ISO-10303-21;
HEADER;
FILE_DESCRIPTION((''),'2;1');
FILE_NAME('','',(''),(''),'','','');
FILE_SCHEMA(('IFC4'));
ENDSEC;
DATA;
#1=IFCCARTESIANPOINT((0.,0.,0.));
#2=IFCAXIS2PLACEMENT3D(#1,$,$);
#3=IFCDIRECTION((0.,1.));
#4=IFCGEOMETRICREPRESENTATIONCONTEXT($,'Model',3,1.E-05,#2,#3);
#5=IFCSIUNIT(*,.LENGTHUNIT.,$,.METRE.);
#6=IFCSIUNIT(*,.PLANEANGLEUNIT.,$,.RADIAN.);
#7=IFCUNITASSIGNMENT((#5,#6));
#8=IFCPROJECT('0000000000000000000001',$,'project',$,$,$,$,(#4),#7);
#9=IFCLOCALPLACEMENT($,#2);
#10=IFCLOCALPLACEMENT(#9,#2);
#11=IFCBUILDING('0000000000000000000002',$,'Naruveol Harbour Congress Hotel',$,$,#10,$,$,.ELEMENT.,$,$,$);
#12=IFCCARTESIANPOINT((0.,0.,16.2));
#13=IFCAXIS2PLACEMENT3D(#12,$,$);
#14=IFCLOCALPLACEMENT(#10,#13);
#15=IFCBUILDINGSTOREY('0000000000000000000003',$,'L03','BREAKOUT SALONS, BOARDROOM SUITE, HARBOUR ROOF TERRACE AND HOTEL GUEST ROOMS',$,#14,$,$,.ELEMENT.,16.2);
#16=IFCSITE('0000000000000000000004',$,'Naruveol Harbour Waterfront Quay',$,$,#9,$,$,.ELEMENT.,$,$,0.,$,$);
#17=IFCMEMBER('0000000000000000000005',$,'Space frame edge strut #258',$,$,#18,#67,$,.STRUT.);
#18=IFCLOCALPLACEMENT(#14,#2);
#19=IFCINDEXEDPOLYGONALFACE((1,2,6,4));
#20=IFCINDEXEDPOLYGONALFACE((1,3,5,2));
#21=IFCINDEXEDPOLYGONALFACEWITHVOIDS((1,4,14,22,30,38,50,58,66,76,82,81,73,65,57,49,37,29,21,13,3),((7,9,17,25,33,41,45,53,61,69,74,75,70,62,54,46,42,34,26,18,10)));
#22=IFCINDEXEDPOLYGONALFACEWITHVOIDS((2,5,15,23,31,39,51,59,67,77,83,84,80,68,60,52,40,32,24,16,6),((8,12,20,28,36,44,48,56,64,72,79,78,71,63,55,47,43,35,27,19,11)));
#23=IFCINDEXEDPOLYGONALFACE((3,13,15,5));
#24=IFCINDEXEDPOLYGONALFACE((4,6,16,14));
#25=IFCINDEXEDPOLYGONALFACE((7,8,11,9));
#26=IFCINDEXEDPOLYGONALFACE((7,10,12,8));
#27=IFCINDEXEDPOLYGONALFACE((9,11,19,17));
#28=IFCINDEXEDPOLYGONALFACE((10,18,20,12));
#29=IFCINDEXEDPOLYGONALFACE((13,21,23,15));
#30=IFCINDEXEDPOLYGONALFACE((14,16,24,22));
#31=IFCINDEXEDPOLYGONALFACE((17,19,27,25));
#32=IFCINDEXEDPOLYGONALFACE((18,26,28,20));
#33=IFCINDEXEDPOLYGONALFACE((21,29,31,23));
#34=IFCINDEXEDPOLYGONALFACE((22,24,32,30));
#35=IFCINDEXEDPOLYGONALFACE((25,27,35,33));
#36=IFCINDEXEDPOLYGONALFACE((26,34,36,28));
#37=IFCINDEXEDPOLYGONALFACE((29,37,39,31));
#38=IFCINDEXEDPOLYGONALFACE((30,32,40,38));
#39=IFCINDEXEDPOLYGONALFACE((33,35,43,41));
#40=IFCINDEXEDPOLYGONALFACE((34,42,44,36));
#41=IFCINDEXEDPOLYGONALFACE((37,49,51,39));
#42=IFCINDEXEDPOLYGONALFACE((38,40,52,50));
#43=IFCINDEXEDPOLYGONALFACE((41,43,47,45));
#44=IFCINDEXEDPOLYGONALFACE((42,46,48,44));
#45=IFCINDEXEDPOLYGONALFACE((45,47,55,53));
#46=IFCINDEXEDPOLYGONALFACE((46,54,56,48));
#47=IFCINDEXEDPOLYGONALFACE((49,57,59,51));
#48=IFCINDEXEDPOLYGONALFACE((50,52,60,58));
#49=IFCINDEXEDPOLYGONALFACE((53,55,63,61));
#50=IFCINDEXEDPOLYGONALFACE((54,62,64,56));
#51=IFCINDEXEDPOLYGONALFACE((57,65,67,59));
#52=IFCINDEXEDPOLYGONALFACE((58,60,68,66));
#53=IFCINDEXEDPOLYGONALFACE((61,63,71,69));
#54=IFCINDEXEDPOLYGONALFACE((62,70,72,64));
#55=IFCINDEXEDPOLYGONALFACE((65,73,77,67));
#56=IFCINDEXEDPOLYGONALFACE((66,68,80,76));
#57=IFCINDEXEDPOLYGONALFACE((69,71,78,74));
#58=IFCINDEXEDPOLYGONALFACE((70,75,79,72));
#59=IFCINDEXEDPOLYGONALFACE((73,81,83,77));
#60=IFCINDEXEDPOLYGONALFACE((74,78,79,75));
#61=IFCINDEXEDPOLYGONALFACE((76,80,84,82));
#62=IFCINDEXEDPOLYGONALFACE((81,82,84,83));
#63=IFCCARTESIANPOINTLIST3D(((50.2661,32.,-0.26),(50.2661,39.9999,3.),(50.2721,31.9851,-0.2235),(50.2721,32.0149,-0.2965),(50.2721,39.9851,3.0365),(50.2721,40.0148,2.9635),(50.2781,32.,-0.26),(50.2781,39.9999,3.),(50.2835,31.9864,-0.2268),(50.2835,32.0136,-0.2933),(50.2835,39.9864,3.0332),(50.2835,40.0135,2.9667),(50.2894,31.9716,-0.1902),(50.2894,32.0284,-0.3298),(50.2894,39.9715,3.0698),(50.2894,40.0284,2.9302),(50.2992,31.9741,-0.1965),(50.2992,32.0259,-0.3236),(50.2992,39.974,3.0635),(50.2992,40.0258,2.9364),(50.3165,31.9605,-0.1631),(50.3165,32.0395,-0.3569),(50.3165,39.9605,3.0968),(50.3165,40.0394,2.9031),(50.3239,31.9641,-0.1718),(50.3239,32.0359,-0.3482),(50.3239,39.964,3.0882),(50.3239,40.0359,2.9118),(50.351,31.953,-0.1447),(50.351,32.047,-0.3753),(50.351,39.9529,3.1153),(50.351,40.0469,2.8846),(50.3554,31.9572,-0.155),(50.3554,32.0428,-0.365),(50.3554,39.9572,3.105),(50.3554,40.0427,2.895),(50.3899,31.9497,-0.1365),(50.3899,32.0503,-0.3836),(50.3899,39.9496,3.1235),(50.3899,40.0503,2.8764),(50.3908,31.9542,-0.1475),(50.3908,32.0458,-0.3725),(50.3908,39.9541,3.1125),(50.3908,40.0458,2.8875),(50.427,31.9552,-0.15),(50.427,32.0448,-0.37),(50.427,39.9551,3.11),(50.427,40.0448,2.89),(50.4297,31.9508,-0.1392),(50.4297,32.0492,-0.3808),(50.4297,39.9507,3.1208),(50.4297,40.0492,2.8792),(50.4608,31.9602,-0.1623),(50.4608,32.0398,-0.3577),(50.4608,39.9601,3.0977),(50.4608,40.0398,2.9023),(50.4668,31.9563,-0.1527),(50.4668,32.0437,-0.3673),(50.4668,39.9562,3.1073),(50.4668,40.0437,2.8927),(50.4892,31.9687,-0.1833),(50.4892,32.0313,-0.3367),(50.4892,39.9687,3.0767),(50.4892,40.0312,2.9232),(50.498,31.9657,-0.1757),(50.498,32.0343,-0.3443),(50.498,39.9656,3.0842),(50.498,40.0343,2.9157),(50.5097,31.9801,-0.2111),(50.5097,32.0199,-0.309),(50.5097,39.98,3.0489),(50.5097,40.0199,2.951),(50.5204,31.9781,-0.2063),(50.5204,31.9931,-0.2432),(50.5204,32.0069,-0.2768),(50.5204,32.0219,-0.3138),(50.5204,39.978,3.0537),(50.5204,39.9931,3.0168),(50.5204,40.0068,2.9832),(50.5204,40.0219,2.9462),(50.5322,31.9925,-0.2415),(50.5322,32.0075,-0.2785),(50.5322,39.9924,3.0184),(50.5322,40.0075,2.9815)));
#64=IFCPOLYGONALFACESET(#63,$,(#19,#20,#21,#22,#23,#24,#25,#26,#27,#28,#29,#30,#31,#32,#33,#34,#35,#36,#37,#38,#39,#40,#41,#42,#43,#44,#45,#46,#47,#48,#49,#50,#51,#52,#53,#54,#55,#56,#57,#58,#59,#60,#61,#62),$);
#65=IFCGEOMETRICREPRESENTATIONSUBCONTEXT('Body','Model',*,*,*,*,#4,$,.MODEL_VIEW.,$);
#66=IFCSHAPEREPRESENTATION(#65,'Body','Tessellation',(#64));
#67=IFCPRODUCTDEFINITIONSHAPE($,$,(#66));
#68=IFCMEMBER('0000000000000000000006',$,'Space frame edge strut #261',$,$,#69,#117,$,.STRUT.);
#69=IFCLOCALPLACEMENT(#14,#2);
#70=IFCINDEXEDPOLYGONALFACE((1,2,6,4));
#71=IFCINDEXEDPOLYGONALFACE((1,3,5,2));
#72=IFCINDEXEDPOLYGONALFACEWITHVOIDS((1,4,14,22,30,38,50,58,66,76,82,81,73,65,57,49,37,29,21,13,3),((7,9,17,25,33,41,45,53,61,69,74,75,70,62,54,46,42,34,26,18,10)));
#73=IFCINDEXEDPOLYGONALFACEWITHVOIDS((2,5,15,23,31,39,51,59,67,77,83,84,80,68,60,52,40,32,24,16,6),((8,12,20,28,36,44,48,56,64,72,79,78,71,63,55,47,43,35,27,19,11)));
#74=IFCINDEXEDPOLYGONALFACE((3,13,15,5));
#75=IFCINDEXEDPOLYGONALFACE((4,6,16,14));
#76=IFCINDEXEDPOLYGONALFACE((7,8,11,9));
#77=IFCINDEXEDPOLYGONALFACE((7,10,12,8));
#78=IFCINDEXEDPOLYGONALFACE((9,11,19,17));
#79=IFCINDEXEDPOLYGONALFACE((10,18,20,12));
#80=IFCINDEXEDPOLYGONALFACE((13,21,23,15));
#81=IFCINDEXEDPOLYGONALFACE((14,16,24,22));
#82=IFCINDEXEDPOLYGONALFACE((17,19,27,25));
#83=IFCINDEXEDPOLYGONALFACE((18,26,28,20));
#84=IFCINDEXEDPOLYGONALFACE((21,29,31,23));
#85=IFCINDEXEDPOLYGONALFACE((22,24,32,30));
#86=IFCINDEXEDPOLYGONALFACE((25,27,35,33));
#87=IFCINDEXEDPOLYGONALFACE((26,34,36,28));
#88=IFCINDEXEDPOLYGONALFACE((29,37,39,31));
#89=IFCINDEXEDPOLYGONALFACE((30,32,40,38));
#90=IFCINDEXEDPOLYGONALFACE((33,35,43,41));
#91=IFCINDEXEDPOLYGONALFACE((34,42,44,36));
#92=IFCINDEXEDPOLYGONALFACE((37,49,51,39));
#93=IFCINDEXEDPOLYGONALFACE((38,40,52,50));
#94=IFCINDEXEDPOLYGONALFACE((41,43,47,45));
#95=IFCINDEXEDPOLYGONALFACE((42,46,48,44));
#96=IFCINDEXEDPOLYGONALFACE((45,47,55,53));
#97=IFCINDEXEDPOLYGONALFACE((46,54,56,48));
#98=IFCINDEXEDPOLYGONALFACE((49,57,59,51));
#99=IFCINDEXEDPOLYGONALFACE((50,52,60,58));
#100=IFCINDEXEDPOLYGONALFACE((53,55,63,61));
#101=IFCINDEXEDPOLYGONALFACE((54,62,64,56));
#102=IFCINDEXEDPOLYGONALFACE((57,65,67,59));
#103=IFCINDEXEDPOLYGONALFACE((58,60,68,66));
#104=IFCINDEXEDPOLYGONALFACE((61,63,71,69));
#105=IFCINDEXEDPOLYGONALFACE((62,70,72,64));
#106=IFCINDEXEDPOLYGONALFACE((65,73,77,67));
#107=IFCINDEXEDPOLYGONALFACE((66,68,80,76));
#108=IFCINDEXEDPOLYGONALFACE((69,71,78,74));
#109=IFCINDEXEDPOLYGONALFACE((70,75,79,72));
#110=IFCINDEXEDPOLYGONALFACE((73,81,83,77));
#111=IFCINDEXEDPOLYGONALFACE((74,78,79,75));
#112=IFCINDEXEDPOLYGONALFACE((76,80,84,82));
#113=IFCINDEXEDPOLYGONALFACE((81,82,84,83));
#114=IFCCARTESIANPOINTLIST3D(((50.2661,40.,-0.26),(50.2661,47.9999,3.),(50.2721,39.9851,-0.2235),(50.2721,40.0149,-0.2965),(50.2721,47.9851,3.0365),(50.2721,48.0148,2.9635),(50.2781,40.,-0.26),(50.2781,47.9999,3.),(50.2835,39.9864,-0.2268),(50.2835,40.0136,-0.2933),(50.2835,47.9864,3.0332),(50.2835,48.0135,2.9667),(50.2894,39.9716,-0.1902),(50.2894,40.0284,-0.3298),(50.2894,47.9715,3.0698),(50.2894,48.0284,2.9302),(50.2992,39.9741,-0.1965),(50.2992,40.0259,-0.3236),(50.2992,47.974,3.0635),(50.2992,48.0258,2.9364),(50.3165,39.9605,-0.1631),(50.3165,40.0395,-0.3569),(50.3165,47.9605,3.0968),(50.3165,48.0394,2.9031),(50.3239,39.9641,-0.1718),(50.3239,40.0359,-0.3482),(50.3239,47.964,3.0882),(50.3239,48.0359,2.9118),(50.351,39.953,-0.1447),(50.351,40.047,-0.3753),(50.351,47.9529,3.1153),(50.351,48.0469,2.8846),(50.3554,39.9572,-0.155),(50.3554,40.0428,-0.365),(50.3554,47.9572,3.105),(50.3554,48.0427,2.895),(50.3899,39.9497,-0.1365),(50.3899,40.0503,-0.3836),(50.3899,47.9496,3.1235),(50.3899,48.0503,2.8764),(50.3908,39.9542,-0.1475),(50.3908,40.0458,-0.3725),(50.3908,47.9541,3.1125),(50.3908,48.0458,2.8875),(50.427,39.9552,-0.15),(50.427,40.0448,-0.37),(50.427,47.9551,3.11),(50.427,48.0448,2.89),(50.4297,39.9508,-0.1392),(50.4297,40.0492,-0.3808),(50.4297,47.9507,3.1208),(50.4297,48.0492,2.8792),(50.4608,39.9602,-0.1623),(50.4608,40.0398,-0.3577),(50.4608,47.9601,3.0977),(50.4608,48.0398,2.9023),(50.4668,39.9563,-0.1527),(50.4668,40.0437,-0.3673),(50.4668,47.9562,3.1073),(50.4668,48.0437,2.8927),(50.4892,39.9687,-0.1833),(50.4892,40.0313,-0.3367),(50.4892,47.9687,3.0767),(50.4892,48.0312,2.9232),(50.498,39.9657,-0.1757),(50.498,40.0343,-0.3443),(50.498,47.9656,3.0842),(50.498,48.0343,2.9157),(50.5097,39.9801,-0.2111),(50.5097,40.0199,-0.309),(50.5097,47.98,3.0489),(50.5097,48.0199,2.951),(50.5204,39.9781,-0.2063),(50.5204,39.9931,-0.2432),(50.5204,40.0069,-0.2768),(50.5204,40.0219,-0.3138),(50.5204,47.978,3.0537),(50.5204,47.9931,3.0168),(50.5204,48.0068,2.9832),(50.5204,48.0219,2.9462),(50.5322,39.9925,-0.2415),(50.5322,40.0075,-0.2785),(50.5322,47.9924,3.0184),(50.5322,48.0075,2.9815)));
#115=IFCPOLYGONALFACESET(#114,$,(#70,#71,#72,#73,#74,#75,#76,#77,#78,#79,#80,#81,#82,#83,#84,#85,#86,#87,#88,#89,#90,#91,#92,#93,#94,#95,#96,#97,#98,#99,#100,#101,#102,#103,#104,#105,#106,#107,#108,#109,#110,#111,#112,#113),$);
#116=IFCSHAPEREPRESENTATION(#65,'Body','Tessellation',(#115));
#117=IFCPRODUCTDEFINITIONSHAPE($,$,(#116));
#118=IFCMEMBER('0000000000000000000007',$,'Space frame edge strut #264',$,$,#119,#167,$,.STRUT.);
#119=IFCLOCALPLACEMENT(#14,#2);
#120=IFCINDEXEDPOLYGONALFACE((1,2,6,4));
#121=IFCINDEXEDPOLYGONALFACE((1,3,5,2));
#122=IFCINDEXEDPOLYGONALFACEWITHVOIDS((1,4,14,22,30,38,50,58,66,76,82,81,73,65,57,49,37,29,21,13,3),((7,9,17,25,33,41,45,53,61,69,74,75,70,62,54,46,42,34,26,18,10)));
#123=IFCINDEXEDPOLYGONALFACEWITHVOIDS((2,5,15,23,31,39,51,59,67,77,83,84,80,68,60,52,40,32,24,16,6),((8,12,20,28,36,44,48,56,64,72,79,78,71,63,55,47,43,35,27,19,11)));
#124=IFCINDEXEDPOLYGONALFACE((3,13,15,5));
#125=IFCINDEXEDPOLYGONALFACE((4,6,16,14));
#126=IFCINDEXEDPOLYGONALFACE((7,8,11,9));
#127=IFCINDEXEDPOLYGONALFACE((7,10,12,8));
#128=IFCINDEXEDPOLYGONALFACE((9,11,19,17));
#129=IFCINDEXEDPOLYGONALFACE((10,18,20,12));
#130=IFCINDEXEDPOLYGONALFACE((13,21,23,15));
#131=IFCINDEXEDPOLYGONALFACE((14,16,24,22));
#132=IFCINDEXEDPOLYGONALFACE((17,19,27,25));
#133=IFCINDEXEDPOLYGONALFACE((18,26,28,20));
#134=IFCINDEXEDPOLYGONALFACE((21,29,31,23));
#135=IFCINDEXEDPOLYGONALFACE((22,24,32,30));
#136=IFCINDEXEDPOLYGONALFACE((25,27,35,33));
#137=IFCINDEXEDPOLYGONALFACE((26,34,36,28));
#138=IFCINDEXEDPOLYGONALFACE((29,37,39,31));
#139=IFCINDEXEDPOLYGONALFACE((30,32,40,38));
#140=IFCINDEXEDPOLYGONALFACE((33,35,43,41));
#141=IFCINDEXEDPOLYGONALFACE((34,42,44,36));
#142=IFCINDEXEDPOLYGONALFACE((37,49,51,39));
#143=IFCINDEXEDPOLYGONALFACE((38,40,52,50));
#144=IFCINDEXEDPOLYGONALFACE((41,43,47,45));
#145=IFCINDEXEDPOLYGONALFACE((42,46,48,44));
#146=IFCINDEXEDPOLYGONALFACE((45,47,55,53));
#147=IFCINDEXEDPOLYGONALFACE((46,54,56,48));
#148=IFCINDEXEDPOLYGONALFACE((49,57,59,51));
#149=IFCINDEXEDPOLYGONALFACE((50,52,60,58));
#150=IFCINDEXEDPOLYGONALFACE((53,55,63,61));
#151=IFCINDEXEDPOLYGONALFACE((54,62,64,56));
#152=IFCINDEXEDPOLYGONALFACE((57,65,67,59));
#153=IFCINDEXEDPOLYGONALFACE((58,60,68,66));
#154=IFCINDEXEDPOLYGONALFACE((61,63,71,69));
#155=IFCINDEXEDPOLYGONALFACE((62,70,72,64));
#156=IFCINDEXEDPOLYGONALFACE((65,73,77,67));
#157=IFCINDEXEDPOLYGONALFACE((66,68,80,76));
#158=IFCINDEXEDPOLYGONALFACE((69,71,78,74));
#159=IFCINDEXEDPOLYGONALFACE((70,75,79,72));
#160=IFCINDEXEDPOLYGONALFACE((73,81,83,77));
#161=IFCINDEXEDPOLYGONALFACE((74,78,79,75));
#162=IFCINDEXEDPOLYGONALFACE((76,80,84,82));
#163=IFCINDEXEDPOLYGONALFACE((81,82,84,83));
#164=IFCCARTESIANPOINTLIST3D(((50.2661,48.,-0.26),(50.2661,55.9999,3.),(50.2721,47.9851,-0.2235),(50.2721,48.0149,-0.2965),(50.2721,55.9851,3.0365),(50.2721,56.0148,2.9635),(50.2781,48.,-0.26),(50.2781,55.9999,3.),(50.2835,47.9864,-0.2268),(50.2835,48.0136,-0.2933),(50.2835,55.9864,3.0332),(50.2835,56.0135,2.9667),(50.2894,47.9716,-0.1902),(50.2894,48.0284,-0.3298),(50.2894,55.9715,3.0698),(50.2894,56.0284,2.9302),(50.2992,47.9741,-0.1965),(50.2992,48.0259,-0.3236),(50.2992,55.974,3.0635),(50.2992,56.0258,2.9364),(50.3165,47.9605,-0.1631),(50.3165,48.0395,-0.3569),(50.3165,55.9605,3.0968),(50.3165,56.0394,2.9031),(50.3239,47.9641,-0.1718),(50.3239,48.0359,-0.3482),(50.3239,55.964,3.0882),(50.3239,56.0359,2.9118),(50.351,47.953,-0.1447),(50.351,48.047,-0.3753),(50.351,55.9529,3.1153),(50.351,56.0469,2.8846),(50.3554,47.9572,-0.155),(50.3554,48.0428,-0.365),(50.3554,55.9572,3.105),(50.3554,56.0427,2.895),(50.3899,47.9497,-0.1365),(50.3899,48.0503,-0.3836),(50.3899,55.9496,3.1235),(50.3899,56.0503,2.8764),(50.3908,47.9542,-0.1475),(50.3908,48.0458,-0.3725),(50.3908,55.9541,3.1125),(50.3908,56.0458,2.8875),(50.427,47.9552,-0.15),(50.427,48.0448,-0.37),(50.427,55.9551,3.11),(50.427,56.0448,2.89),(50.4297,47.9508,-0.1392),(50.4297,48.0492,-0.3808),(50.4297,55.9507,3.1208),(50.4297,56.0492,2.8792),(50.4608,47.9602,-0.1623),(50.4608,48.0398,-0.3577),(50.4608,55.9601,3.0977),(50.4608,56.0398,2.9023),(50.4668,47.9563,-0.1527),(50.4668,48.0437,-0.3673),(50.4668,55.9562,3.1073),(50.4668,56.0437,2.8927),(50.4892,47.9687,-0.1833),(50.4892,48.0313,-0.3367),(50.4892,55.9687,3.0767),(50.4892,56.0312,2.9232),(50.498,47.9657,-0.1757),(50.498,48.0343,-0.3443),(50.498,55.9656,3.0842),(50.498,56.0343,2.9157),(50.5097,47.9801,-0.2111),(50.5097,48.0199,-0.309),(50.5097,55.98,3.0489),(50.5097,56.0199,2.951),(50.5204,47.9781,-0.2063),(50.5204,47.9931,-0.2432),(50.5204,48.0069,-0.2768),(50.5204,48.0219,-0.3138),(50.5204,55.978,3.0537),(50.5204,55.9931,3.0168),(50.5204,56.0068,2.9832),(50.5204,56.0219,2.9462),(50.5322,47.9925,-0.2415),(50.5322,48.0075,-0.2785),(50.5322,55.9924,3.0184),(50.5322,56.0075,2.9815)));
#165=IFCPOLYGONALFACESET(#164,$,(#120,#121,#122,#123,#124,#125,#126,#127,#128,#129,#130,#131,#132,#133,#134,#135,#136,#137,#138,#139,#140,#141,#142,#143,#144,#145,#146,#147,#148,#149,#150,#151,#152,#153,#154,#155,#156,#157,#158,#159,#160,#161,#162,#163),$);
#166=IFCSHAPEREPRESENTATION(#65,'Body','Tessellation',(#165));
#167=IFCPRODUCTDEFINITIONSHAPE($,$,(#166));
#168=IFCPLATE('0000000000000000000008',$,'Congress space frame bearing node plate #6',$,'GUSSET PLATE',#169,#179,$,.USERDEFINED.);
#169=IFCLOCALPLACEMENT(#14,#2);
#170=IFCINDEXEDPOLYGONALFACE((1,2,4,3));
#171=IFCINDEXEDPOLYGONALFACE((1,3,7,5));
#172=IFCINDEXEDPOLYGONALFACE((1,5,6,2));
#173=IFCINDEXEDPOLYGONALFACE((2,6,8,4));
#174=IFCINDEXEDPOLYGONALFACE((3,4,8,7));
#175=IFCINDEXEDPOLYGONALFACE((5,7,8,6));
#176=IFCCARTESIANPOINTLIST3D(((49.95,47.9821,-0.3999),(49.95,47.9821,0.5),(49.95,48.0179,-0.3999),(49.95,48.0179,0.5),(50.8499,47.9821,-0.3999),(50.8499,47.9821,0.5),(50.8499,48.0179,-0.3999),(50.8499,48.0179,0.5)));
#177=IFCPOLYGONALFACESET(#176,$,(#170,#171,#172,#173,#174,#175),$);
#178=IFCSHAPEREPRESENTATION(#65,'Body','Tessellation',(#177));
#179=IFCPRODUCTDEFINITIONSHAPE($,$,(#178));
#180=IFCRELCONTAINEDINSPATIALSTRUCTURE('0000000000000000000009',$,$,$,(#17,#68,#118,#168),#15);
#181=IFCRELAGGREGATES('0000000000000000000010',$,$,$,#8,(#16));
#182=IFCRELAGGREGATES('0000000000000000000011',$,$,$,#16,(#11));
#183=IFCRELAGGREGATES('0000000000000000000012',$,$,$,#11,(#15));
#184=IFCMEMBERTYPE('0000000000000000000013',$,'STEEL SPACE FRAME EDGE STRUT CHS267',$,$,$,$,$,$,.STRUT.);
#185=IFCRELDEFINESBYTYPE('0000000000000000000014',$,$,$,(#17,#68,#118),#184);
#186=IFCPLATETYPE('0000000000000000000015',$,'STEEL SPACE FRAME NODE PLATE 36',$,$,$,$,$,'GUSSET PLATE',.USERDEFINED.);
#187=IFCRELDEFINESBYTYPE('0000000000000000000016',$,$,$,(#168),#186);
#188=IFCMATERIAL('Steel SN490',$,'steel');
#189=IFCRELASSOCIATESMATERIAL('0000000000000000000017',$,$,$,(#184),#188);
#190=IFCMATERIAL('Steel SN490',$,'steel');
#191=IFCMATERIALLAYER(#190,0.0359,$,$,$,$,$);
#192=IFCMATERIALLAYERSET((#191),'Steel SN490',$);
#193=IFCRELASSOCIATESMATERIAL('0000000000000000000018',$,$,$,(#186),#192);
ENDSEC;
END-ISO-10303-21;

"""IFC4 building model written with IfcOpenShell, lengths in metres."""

from ifc_helpers import new_model, si_unit, direction, frame, origin, origin_2d, place, context, subcontext, project, spatial, rectangle, hollow_circle, extrude, material, layer, layer_set, material_profile, profile_set, type_object, element, save


model = new_model("IFC4")

# Units and contexts
model_context = context("Model", 3, precision=1e-05, world=origin(), true_north=direction((0.0, 1.0)))
body_context = subcontext(model_context, "Body", "Model", "MODEL_VIEW")
ifc_project = project(units=[si_unit("LENGTHUNIT", "METRE"), si_unit("PLANEANGLEUNIT", "RADIAN")], contexts=[model_context])

# Site, building, storey
site_placement = place(None, origin())
site = spatial("IfcSite", under=ifc_project, at=site_placement, Name="Naruveol Harbour Waterfront Quay", CompositionType="ELEMENT", RefElevation=0.0)
building_placement = place(site_placement, origin())
building = spatial("IfcBuilding", under=site, at=building_placement, Name="Naruveol Harbour Congress Hotel", CompositionType="ELEMENT")
storey_placement = place(building_placement, frame((0.0, 0.0, 16.2)))
storey = spatial("IfcBuildingStorey", under=building, at=storey_placement, Name="L03", Description="BREAKOUT SALONS, BOARDROOM SUITE, HARBOUR ROOF TERRACE AND HOTEL GUEST ROOMS", CompositionType="ELEMENT", Elevation=16.2)

# Members
ifc_material_1 = material(Name="Steel SN490", Category="steel")
ifc_material_profile_1 = material_profile(ifc_material_1, hollow_circle(Radius=0.1338, WallThickness=0.012, at=origin_2d()), Name="CHS-267.4x12")
ifc_profile_set_1 = profile_set([ifc_material_profile_1], Name="Steel SN490")
member_type_1 = type_object("IfcMemberType", Name="STEEL SPACE FRAME EDGE STRUT CHS267", PredefinedType="STRUT", material=ifc_profile_set_1)
for number, where, z_axis, x_axis, name in (
    (1, (50.3999, 32.0, -0.26), (0.0, 0.926062, 0.377371), (-1.0, 0.0, 0.0), "Space frame edge strut #258"),
    (2, (50.3999, 40.0, -0.26), (0.0, 0.926062, 0.377371), (-1.0, 0.0, 0.0), "Space frame edge strut #261"),
    (3, (50.3999, 48.0, -0.26), (0.0, 0.926062, 0.377371), (-1.0, 0.0, 0.0), "Space frame edge strut #264"),
):
    element("IfcMember", number, at=place(storey_placement, frame(where, z_axis=z_axis, x_axis=x_axis)), inside=storey, type_object=member_type_1, Name=name, PredefinedType="STRUT", context=body_context, shape_type="SweptSolid", body=[
        extrude(hollow_circle(Radius=0.1338, WallThickness=0.012, at=origin_2d()), origin(), (0.0, 0.0, 1.0), 8.6387),
    ])

# Plate
ifc_material_2 = material(Name="Steel SN490", Category="steel")
ifc_layer_1 = layer(ifc_material_2, 0.0359)
ifc_layer_set_1 = layer_set([ifc_layer_1], Name="Steel SN490")
plate_type = type_object("IfcPlateType", Name="STEEL SPACE FRAME NODE PLATE 36", ElementType="GUSSET PLATE", PredefinedType="USERDEFINED", material=ifc_layer_set_1)
plate_placement = place(storey_placement, frame((50.3999, 48.0, -0.3999), z_axis=(0.0, 0.0, 1.0), x_axis=(1.0, 0.0, 0.0)))
element("IfcPlate", 4, at=plate_placement, inside=storey, type_object=plate_type, Name="Congress space frame bearing node plate #6", ObjectType="GUSSET PLATE", PredefinedType="USERDEFINED", context=body_context, shape_type="SweptSolid", body=[
    extrude(rectangle(XDim=0.8999, YDim=0.0359, at=origin_2d()), origin(), (0.0, 0.0, 1.0), 0.8999),
])

save(model, "model.ifc")
